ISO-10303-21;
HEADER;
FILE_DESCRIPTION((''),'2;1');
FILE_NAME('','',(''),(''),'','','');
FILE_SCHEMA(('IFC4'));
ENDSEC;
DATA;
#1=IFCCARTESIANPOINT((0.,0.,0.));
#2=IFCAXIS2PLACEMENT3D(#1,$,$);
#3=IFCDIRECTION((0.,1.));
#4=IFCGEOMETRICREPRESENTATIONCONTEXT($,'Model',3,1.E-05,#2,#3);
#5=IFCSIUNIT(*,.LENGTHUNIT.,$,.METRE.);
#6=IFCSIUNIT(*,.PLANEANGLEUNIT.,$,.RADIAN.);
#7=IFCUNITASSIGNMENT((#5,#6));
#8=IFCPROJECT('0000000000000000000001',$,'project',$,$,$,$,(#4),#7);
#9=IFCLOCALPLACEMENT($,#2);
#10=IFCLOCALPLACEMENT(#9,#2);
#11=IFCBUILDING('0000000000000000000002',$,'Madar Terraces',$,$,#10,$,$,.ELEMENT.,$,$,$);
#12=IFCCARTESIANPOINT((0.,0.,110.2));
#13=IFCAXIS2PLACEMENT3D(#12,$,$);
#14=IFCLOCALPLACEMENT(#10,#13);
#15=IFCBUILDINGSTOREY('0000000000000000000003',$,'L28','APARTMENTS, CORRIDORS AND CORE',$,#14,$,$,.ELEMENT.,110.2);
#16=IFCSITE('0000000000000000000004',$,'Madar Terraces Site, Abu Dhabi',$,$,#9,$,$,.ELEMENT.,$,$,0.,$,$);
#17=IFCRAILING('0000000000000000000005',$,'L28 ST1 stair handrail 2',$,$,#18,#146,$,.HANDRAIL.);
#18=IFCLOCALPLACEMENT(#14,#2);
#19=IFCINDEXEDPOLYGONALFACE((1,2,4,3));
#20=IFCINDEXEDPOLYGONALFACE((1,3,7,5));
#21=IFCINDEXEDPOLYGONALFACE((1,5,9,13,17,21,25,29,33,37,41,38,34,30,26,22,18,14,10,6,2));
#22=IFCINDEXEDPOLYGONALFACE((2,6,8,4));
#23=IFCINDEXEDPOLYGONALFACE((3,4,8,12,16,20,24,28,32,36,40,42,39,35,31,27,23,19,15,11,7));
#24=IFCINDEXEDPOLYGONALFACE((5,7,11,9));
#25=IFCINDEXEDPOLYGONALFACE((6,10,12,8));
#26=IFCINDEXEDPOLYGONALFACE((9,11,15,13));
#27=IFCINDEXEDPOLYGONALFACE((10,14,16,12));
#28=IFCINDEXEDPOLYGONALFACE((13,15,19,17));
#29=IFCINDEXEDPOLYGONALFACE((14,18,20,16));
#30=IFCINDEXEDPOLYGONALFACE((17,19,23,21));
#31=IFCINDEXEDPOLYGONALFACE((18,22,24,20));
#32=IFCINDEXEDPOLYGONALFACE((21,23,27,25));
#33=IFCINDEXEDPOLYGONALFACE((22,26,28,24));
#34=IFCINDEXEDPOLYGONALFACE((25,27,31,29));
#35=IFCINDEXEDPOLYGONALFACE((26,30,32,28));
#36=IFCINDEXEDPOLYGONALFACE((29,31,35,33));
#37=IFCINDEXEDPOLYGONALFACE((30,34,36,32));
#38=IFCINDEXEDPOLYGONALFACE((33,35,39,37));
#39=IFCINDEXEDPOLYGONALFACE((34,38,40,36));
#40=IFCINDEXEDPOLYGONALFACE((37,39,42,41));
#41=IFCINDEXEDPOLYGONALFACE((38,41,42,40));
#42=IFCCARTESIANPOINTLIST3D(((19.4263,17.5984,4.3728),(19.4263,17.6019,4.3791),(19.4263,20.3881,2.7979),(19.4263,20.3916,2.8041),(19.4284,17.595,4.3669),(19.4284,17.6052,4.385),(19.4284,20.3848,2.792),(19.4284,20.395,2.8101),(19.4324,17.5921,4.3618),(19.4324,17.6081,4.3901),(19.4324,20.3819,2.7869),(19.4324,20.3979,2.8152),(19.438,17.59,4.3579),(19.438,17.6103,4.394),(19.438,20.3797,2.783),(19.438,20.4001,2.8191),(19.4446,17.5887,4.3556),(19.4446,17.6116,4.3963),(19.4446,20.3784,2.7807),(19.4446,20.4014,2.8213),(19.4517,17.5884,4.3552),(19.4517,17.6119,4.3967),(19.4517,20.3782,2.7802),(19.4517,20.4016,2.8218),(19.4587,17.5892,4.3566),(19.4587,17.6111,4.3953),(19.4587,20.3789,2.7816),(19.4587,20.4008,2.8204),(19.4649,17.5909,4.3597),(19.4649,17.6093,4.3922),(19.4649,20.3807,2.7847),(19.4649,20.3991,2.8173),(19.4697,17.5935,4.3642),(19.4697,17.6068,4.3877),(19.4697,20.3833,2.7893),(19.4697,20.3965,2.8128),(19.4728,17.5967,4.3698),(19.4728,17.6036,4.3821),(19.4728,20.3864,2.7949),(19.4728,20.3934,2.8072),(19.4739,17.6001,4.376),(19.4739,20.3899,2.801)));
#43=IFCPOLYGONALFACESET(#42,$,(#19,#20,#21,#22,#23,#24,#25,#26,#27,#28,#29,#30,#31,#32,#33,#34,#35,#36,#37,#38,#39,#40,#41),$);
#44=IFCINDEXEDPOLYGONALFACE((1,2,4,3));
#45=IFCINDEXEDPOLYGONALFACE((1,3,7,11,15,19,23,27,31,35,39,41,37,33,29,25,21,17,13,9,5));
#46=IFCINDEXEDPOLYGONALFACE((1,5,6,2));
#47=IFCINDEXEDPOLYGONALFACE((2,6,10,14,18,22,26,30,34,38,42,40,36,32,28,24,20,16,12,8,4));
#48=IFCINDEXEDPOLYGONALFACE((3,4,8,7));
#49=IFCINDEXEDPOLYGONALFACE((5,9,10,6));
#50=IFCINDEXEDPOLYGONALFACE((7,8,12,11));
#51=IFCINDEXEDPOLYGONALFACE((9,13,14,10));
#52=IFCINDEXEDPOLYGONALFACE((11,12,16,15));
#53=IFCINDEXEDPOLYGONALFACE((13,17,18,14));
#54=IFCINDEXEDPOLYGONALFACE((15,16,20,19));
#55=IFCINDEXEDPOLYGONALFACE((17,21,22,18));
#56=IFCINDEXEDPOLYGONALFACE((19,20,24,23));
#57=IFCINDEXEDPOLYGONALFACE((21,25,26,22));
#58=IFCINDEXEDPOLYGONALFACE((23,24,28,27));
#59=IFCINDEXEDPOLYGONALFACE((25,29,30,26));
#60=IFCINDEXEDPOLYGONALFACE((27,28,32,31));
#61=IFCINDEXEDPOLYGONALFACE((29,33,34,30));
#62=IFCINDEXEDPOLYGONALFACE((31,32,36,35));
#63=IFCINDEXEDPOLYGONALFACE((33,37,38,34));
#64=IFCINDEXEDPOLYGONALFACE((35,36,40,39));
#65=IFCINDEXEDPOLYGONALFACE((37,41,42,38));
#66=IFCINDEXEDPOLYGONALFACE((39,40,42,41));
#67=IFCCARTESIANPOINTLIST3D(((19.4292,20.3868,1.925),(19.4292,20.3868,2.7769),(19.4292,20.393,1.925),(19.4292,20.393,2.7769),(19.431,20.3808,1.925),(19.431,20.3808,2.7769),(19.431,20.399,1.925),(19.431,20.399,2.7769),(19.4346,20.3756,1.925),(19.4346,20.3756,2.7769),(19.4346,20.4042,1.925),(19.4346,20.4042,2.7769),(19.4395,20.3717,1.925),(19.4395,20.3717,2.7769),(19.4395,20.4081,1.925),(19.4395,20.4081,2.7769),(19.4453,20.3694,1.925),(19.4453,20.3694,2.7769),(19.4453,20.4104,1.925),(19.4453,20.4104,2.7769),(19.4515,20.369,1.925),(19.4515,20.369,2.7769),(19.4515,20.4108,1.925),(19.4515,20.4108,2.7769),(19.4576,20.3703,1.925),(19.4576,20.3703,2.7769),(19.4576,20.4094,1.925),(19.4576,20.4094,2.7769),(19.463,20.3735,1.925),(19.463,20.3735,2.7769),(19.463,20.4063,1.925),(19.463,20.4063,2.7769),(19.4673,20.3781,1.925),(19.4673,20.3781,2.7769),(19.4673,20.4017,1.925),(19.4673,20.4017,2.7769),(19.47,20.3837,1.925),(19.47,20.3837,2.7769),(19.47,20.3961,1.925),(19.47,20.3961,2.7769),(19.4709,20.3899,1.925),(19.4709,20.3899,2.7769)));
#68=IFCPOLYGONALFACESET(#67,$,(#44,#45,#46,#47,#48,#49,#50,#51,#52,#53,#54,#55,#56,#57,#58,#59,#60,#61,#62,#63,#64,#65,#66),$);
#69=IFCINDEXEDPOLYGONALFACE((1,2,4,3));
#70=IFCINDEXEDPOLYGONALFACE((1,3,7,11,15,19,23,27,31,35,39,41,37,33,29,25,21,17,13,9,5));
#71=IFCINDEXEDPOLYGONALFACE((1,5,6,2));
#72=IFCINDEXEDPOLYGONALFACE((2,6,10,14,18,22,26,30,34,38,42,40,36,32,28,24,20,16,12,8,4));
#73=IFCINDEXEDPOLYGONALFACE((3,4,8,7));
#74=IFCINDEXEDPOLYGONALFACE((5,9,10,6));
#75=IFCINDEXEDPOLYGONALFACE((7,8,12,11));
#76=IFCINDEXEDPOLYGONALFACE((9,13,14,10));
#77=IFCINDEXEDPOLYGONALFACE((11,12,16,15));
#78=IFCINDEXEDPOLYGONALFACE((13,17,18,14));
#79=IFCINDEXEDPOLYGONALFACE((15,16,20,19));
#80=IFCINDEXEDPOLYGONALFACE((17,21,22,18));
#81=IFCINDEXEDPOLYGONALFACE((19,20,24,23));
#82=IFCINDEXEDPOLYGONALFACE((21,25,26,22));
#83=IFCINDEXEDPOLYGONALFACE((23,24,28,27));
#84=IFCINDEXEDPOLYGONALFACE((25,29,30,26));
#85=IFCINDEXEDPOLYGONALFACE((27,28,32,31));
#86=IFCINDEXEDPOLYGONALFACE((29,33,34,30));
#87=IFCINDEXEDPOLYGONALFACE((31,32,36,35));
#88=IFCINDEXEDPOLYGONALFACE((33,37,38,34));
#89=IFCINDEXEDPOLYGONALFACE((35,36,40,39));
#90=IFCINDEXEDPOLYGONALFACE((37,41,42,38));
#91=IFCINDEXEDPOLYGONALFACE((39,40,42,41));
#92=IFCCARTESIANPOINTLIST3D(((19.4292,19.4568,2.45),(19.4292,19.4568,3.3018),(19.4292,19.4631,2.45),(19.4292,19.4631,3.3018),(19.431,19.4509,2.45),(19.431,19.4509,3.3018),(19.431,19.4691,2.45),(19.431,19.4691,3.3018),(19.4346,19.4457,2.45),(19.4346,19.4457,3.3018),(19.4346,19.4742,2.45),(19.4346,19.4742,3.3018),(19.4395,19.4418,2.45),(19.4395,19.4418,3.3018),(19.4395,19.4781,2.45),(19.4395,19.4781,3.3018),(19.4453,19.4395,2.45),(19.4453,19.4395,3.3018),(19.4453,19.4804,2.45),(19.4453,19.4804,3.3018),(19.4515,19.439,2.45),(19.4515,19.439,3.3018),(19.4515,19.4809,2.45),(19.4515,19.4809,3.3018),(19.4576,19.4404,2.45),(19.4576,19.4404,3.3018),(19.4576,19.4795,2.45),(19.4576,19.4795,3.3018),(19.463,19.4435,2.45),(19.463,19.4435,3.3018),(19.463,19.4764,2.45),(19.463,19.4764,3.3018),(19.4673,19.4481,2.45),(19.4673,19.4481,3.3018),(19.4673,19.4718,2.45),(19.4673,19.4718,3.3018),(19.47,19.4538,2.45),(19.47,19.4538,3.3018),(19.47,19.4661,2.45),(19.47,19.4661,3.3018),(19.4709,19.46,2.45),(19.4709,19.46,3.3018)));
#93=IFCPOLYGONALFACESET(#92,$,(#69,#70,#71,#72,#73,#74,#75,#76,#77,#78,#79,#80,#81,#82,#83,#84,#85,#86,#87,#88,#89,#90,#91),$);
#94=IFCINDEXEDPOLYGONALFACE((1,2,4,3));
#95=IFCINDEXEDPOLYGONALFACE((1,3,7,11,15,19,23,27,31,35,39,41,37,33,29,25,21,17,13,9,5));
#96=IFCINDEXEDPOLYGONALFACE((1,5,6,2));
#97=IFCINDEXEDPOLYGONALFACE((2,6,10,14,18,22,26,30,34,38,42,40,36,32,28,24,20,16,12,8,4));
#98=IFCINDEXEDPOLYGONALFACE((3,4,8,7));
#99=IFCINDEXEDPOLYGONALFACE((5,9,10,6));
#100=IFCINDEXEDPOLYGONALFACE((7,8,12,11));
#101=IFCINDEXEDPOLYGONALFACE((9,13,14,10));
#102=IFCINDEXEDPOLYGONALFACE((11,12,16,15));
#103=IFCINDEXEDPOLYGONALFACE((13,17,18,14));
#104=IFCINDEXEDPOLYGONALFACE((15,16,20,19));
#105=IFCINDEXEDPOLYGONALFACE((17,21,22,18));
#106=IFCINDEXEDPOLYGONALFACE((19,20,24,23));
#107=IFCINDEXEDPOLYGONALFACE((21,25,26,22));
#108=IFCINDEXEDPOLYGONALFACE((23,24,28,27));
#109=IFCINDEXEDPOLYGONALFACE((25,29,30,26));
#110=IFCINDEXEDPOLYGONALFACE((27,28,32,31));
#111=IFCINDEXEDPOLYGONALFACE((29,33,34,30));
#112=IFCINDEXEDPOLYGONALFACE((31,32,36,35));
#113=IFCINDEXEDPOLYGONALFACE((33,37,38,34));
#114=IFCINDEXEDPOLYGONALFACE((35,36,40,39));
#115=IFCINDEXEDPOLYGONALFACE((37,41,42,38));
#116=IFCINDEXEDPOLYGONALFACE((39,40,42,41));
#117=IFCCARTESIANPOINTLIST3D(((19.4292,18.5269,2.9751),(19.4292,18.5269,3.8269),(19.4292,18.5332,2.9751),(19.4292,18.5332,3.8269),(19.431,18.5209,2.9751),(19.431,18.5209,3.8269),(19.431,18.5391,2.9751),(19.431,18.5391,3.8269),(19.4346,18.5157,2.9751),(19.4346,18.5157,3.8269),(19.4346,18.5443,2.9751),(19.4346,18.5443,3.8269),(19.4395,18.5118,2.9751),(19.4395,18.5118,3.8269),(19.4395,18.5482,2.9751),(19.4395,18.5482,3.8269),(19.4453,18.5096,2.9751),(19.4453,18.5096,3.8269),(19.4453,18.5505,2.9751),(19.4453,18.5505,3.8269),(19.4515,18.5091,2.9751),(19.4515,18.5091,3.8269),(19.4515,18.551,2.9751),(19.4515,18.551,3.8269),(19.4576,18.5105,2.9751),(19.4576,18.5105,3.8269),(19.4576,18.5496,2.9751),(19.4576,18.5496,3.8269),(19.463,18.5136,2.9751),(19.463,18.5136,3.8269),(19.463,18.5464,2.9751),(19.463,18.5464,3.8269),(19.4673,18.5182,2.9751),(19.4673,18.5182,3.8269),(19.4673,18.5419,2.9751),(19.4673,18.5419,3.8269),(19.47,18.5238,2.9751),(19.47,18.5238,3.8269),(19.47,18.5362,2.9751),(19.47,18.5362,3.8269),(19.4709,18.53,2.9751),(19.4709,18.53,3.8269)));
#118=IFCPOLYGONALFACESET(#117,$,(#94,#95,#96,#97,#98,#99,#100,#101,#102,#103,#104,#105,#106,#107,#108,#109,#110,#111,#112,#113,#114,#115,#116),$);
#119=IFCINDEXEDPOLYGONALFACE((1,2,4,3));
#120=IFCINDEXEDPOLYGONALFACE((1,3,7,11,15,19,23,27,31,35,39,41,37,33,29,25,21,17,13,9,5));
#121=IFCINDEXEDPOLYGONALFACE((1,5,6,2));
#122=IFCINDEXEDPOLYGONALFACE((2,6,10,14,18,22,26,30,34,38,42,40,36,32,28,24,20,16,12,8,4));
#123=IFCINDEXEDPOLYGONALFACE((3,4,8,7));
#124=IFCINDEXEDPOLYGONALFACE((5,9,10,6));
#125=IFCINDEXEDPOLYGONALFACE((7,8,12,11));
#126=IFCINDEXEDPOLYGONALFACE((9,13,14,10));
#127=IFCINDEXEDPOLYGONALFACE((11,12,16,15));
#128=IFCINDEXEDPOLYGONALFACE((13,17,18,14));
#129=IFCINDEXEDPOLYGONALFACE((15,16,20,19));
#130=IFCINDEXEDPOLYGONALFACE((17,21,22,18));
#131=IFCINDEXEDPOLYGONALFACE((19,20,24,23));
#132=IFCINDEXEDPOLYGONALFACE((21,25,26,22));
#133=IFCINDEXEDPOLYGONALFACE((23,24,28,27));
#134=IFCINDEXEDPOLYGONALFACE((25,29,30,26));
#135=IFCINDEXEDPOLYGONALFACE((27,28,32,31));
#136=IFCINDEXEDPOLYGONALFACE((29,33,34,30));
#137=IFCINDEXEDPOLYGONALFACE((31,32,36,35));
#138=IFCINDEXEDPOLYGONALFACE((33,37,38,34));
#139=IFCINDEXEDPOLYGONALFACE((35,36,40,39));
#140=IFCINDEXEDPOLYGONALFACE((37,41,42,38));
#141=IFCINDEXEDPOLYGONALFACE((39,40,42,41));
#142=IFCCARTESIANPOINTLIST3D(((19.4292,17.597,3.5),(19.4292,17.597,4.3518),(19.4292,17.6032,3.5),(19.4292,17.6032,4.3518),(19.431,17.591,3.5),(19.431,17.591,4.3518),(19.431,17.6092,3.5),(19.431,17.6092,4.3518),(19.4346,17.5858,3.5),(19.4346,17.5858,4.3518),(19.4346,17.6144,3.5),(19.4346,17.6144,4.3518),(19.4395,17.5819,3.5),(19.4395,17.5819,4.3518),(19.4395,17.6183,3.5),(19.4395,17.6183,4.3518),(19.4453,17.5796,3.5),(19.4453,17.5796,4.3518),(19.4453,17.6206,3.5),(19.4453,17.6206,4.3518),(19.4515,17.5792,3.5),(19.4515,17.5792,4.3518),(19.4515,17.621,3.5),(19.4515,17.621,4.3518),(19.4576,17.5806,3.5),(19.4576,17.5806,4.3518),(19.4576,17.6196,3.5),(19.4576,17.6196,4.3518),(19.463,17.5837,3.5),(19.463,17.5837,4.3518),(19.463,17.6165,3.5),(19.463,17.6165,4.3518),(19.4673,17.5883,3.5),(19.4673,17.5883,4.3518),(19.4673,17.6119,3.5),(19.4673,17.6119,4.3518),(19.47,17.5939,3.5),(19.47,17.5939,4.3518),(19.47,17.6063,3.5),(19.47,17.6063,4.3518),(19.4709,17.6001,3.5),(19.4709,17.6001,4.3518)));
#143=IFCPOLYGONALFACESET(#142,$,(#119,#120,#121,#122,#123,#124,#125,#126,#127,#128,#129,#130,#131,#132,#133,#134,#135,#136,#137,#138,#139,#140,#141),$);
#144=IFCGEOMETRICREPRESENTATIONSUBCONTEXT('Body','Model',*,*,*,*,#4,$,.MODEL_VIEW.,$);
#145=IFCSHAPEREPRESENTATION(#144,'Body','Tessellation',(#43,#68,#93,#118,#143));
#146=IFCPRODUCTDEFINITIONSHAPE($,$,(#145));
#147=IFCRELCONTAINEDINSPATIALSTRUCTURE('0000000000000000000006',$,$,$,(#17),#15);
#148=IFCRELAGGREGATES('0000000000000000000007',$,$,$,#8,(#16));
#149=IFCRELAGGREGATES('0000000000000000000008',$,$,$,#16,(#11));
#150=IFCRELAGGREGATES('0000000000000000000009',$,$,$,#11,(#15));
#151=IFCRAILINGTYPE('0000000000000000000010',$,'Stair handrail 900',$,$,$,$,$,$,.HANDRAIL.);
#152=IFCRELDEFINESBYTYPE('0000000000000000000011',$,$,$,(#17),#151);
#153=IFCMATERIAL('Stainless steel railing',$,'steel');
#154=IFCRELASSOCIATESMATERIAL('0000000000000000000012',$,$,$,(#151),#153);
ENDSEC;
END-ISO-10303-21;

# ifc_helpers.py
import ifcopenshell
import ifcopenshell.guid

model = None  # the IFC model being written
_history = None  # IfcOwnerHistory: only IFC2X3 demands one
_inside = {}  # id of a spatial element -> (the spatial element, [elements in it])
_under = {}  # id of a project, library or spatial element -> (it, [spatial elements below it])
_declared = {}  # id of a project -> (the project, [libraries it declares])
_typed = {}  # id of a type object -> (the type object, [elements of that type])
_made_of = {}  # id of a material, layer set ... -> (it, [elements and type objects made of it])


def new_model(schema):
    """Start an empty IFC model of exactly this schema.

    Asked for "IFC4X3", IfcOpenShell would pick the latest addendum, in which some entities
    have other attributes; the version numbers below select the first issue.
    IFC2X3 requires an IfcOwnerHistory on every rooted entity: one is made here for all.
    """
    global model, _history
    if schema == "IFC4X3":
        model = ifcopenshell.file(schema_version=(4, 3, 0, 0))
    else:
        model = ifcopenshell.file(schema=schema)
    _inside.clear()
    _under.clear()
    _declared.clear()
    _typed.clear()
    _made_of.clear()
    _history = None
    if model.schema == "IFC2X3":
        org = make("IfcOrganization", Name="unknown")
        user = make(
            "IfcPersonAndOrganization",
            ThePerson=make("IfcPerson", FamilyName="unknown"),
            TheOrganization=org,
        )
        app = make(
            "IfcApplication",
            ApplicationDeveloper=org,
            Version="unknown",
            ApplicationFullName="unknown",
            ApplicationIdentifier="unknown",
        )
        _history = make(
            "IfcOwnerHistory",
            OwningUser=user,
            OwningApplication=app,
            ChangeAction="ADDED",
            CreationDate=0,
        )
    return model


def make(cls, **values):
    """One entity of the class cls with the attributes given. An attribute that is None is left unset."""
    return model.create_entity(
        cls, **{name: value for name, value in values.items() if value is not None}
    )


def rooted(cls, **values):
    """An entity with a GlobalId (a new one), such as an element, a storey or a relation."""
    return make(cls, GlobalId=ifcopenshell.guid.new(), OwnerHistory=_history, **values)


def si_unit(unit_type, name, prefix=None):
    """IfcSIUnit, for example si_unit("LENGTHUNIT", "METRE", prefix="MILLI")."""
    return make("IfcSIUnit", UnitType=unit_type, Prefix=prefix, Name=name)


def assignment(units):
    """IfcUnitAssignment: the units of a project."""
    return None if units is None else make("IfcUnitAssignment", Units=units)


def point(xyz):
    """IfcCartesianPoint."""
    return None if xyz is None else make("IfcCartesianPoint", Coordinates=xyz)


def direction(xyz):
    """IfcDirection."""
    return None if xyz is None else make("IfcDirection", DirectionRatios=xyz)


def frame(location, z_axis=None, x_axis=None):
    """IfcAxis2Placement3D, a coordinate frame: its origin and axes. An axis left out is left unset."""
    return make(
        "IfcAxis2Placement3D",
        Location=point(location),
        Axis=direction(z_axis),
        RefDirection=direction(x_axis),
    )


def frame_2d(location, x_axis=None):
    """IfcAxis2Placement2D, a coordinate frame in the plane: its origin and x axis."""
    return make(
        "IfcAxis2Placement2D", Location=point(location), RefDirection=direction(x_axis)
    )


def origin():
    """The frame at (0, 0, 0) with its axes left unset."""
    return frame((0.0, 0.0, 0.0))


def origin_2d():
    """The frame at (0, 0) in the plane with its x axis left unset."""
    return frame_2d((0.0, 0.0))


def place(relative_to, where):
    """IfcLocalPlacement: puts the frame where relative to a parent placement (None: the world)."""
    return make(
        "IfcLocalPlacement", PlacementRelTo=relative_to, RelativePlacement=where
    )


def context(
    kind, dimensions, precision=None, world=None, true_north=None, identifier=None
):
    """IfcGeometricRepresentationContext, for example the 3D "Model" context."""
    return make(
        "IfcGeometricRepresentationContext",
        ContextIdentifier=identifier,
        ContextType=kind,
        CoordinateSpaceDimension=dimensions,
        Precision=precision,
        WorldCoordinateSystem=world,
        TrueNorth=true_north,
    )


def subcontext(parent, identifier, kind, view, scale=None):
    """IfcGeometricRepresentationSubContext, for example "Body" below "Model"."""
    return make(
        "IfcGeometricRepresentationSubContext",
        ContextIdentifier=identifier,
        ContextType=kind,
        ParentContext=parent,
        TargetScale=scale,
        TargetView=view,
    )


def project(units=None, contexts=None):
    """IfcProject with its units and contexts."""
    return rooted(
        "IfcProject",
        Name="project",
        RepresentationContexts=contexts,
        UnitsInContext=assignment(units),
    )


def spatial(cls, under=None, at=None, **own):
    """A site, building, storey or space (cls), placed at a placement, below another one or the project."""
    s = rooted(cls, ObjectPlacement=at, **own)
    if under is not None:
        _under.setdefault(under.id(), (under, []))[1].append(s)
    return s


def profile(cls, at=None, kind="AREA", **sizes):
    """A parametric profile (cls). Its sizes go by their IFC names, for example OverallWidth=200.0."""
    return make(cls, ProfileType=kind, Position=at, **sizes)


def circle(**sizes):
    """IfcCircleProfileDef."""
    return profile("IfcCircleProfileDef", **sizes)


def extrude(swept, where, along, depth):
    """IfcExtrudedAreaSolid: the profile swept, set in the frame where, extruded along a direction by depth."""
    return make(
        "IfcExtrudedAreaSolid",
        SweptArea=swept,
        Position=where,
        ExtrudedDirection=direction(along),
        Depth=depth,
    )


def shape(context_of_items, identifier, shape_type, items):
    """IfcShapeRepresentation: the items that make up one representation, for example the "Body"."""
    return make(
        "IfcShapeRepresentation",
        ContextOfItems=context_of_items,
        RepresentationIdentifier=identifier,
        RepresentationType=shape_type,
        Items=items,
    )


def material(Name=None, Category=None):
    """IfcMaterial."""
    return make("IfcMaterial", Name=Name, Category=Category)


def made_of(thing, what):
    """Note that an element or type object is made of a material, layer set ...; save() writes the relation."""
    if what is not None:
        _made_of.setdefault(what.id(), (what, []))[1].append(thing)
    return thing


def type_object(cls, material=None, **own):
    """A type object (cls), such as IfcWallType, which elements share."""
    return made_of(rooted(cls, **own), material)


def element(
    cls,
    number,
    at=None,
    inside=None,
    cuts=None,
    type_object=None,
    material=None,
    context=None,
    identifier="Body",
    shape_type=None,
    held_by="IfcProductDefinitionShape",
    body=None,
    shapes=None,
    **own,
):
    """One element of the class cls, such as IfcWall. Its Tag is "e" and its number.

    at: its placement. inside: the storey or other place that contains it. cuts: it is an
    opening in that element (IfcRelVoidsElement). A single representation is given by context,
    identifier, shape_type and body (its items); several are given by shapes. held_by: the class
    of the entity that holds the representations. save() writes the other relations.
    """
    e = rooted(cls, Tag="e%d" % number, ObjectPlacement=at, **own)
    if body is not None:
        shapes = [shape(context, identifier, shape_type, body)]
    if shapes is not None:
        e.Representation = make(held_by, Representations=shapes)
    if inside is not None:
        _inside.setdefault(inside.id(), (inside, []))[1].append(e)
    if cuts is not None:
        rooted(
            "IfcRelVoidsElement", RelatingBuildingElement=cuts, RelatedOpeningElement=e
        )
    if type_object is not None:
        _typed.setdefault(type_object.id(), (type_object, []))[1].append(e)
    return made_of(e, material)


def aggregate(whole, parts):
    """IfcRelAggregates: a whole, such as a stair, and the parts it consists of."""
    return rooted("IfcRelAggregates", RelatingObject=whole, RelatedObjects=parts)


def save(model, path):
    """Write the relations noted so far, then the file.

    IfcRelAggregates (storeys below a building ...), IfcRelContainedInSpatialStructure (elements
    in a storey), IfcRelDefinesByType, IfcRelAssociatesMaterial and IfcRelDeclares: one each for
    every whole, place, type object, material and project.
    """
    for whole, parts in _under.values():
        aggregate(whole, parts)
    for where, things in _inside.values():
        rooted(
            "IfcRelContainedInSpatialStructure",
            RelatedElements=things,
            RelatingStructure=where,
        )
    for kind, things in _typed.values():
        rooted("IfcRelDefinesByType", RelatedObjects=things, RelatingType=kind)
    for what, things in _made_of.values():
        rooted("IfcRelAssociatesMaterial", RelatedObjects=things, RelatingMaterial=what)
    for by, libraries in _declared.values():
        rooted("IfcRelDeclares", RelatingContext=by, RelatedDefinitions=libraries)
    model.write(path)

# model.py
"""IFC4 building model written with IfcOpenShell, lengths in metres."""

from ifc_helpers import new_model, si_unit, direction, frame, origin, origin_2d, place, context, subcontext, project, spatial, circle, extrude, material, type_object, element, save


model = new_model("IFC4")

# Units and contexts
model_context = context("Model", 3, precision=1e-05, world=origin(), true_north=direction((0.0, 1.0)))
body_context = subcontext(model_context, "Body", "Model", "MODEL_VIEW")
ifc_project = project(units=[si_unit("LENGTHUNIT", "METRE"), si_unit("PLANEANGLEUNIT", "RADIAN")], contexts=[model_context])

# Site, building, storey
site_placement = place(None, origin())
site = spatial("IfcSite", under=ifc_project, at=site_placement, Name="Madar Terraces Site, Abu Dhabi", CompositionType="ELEMENT", RefElevation=0.0)
building_placement = place(site_placement, origin())
building = spatial("IfcBuilding", under=site, at=building_placement, Name="Madar Terraces", CompositionType="ELEMENT")
storey_placement = place(building_placement, frame((0.0, 0.0, 110.2)))
storey = spatial("IfcBuildingStorey", under=building, at=storey_placement, Name="L28", Description="APARTMENTS, CORRIDORS AND CORE", CompositionType="ELEMENT", Elevation=110.2)

# Railing
ifc_material_1 = material(Name="Stainless steel railing", Category="steel")
railing_type_1 = type_object("IfcRailingType", Name="Stair handrail 900", PredefinedType="HANDRAIL", material=ifc_material_1)
railing_1_placement = place(storey_placement, frame((19.45, 20.3899, 1.925)))
element("IfcRailing", 1, at=railing_1_placement, inside=storey, type_object=railing_type_1, Name="L28 ST1 stair handrail 2", PredefinedType="HANDRAIL", context=body_context, shape_type="SweptSolid", body=[
    extrude(circle(Radius=0.0239, at=origin_2d()), frame((0.0, 0.0, 0.876), z_axis=(0.0, -0.870815, 0.49161), x_axis=(1.0, 0.0, 0.0)), (0.0, 0.0, 1.0), 3.2036),
    extrude(circle(Radius=0.021, at=origin_2d()), origin(), (0.0, 0.0, 1.0), 0.8518),
    extrude(circle(Radius=0.021, at=origin_2d()), frame((0.0, -0.9299, 0.5249)), (0.0, 0.0, 1.0), 0.8518),
    extrude(circle(Radius=0.021, at=origin_2d()), frame((0.0, -1.8599, 1.05)), (0.0, 0.0, 1.0), 0.8518),
    extrude(circle(Radius=0.021, at=origin_2d()), frame((0.0, -2.7898, 1.575)), (0.0, 0.0, 1.0), 0.8518),
])

save(model, "model.ifc")
